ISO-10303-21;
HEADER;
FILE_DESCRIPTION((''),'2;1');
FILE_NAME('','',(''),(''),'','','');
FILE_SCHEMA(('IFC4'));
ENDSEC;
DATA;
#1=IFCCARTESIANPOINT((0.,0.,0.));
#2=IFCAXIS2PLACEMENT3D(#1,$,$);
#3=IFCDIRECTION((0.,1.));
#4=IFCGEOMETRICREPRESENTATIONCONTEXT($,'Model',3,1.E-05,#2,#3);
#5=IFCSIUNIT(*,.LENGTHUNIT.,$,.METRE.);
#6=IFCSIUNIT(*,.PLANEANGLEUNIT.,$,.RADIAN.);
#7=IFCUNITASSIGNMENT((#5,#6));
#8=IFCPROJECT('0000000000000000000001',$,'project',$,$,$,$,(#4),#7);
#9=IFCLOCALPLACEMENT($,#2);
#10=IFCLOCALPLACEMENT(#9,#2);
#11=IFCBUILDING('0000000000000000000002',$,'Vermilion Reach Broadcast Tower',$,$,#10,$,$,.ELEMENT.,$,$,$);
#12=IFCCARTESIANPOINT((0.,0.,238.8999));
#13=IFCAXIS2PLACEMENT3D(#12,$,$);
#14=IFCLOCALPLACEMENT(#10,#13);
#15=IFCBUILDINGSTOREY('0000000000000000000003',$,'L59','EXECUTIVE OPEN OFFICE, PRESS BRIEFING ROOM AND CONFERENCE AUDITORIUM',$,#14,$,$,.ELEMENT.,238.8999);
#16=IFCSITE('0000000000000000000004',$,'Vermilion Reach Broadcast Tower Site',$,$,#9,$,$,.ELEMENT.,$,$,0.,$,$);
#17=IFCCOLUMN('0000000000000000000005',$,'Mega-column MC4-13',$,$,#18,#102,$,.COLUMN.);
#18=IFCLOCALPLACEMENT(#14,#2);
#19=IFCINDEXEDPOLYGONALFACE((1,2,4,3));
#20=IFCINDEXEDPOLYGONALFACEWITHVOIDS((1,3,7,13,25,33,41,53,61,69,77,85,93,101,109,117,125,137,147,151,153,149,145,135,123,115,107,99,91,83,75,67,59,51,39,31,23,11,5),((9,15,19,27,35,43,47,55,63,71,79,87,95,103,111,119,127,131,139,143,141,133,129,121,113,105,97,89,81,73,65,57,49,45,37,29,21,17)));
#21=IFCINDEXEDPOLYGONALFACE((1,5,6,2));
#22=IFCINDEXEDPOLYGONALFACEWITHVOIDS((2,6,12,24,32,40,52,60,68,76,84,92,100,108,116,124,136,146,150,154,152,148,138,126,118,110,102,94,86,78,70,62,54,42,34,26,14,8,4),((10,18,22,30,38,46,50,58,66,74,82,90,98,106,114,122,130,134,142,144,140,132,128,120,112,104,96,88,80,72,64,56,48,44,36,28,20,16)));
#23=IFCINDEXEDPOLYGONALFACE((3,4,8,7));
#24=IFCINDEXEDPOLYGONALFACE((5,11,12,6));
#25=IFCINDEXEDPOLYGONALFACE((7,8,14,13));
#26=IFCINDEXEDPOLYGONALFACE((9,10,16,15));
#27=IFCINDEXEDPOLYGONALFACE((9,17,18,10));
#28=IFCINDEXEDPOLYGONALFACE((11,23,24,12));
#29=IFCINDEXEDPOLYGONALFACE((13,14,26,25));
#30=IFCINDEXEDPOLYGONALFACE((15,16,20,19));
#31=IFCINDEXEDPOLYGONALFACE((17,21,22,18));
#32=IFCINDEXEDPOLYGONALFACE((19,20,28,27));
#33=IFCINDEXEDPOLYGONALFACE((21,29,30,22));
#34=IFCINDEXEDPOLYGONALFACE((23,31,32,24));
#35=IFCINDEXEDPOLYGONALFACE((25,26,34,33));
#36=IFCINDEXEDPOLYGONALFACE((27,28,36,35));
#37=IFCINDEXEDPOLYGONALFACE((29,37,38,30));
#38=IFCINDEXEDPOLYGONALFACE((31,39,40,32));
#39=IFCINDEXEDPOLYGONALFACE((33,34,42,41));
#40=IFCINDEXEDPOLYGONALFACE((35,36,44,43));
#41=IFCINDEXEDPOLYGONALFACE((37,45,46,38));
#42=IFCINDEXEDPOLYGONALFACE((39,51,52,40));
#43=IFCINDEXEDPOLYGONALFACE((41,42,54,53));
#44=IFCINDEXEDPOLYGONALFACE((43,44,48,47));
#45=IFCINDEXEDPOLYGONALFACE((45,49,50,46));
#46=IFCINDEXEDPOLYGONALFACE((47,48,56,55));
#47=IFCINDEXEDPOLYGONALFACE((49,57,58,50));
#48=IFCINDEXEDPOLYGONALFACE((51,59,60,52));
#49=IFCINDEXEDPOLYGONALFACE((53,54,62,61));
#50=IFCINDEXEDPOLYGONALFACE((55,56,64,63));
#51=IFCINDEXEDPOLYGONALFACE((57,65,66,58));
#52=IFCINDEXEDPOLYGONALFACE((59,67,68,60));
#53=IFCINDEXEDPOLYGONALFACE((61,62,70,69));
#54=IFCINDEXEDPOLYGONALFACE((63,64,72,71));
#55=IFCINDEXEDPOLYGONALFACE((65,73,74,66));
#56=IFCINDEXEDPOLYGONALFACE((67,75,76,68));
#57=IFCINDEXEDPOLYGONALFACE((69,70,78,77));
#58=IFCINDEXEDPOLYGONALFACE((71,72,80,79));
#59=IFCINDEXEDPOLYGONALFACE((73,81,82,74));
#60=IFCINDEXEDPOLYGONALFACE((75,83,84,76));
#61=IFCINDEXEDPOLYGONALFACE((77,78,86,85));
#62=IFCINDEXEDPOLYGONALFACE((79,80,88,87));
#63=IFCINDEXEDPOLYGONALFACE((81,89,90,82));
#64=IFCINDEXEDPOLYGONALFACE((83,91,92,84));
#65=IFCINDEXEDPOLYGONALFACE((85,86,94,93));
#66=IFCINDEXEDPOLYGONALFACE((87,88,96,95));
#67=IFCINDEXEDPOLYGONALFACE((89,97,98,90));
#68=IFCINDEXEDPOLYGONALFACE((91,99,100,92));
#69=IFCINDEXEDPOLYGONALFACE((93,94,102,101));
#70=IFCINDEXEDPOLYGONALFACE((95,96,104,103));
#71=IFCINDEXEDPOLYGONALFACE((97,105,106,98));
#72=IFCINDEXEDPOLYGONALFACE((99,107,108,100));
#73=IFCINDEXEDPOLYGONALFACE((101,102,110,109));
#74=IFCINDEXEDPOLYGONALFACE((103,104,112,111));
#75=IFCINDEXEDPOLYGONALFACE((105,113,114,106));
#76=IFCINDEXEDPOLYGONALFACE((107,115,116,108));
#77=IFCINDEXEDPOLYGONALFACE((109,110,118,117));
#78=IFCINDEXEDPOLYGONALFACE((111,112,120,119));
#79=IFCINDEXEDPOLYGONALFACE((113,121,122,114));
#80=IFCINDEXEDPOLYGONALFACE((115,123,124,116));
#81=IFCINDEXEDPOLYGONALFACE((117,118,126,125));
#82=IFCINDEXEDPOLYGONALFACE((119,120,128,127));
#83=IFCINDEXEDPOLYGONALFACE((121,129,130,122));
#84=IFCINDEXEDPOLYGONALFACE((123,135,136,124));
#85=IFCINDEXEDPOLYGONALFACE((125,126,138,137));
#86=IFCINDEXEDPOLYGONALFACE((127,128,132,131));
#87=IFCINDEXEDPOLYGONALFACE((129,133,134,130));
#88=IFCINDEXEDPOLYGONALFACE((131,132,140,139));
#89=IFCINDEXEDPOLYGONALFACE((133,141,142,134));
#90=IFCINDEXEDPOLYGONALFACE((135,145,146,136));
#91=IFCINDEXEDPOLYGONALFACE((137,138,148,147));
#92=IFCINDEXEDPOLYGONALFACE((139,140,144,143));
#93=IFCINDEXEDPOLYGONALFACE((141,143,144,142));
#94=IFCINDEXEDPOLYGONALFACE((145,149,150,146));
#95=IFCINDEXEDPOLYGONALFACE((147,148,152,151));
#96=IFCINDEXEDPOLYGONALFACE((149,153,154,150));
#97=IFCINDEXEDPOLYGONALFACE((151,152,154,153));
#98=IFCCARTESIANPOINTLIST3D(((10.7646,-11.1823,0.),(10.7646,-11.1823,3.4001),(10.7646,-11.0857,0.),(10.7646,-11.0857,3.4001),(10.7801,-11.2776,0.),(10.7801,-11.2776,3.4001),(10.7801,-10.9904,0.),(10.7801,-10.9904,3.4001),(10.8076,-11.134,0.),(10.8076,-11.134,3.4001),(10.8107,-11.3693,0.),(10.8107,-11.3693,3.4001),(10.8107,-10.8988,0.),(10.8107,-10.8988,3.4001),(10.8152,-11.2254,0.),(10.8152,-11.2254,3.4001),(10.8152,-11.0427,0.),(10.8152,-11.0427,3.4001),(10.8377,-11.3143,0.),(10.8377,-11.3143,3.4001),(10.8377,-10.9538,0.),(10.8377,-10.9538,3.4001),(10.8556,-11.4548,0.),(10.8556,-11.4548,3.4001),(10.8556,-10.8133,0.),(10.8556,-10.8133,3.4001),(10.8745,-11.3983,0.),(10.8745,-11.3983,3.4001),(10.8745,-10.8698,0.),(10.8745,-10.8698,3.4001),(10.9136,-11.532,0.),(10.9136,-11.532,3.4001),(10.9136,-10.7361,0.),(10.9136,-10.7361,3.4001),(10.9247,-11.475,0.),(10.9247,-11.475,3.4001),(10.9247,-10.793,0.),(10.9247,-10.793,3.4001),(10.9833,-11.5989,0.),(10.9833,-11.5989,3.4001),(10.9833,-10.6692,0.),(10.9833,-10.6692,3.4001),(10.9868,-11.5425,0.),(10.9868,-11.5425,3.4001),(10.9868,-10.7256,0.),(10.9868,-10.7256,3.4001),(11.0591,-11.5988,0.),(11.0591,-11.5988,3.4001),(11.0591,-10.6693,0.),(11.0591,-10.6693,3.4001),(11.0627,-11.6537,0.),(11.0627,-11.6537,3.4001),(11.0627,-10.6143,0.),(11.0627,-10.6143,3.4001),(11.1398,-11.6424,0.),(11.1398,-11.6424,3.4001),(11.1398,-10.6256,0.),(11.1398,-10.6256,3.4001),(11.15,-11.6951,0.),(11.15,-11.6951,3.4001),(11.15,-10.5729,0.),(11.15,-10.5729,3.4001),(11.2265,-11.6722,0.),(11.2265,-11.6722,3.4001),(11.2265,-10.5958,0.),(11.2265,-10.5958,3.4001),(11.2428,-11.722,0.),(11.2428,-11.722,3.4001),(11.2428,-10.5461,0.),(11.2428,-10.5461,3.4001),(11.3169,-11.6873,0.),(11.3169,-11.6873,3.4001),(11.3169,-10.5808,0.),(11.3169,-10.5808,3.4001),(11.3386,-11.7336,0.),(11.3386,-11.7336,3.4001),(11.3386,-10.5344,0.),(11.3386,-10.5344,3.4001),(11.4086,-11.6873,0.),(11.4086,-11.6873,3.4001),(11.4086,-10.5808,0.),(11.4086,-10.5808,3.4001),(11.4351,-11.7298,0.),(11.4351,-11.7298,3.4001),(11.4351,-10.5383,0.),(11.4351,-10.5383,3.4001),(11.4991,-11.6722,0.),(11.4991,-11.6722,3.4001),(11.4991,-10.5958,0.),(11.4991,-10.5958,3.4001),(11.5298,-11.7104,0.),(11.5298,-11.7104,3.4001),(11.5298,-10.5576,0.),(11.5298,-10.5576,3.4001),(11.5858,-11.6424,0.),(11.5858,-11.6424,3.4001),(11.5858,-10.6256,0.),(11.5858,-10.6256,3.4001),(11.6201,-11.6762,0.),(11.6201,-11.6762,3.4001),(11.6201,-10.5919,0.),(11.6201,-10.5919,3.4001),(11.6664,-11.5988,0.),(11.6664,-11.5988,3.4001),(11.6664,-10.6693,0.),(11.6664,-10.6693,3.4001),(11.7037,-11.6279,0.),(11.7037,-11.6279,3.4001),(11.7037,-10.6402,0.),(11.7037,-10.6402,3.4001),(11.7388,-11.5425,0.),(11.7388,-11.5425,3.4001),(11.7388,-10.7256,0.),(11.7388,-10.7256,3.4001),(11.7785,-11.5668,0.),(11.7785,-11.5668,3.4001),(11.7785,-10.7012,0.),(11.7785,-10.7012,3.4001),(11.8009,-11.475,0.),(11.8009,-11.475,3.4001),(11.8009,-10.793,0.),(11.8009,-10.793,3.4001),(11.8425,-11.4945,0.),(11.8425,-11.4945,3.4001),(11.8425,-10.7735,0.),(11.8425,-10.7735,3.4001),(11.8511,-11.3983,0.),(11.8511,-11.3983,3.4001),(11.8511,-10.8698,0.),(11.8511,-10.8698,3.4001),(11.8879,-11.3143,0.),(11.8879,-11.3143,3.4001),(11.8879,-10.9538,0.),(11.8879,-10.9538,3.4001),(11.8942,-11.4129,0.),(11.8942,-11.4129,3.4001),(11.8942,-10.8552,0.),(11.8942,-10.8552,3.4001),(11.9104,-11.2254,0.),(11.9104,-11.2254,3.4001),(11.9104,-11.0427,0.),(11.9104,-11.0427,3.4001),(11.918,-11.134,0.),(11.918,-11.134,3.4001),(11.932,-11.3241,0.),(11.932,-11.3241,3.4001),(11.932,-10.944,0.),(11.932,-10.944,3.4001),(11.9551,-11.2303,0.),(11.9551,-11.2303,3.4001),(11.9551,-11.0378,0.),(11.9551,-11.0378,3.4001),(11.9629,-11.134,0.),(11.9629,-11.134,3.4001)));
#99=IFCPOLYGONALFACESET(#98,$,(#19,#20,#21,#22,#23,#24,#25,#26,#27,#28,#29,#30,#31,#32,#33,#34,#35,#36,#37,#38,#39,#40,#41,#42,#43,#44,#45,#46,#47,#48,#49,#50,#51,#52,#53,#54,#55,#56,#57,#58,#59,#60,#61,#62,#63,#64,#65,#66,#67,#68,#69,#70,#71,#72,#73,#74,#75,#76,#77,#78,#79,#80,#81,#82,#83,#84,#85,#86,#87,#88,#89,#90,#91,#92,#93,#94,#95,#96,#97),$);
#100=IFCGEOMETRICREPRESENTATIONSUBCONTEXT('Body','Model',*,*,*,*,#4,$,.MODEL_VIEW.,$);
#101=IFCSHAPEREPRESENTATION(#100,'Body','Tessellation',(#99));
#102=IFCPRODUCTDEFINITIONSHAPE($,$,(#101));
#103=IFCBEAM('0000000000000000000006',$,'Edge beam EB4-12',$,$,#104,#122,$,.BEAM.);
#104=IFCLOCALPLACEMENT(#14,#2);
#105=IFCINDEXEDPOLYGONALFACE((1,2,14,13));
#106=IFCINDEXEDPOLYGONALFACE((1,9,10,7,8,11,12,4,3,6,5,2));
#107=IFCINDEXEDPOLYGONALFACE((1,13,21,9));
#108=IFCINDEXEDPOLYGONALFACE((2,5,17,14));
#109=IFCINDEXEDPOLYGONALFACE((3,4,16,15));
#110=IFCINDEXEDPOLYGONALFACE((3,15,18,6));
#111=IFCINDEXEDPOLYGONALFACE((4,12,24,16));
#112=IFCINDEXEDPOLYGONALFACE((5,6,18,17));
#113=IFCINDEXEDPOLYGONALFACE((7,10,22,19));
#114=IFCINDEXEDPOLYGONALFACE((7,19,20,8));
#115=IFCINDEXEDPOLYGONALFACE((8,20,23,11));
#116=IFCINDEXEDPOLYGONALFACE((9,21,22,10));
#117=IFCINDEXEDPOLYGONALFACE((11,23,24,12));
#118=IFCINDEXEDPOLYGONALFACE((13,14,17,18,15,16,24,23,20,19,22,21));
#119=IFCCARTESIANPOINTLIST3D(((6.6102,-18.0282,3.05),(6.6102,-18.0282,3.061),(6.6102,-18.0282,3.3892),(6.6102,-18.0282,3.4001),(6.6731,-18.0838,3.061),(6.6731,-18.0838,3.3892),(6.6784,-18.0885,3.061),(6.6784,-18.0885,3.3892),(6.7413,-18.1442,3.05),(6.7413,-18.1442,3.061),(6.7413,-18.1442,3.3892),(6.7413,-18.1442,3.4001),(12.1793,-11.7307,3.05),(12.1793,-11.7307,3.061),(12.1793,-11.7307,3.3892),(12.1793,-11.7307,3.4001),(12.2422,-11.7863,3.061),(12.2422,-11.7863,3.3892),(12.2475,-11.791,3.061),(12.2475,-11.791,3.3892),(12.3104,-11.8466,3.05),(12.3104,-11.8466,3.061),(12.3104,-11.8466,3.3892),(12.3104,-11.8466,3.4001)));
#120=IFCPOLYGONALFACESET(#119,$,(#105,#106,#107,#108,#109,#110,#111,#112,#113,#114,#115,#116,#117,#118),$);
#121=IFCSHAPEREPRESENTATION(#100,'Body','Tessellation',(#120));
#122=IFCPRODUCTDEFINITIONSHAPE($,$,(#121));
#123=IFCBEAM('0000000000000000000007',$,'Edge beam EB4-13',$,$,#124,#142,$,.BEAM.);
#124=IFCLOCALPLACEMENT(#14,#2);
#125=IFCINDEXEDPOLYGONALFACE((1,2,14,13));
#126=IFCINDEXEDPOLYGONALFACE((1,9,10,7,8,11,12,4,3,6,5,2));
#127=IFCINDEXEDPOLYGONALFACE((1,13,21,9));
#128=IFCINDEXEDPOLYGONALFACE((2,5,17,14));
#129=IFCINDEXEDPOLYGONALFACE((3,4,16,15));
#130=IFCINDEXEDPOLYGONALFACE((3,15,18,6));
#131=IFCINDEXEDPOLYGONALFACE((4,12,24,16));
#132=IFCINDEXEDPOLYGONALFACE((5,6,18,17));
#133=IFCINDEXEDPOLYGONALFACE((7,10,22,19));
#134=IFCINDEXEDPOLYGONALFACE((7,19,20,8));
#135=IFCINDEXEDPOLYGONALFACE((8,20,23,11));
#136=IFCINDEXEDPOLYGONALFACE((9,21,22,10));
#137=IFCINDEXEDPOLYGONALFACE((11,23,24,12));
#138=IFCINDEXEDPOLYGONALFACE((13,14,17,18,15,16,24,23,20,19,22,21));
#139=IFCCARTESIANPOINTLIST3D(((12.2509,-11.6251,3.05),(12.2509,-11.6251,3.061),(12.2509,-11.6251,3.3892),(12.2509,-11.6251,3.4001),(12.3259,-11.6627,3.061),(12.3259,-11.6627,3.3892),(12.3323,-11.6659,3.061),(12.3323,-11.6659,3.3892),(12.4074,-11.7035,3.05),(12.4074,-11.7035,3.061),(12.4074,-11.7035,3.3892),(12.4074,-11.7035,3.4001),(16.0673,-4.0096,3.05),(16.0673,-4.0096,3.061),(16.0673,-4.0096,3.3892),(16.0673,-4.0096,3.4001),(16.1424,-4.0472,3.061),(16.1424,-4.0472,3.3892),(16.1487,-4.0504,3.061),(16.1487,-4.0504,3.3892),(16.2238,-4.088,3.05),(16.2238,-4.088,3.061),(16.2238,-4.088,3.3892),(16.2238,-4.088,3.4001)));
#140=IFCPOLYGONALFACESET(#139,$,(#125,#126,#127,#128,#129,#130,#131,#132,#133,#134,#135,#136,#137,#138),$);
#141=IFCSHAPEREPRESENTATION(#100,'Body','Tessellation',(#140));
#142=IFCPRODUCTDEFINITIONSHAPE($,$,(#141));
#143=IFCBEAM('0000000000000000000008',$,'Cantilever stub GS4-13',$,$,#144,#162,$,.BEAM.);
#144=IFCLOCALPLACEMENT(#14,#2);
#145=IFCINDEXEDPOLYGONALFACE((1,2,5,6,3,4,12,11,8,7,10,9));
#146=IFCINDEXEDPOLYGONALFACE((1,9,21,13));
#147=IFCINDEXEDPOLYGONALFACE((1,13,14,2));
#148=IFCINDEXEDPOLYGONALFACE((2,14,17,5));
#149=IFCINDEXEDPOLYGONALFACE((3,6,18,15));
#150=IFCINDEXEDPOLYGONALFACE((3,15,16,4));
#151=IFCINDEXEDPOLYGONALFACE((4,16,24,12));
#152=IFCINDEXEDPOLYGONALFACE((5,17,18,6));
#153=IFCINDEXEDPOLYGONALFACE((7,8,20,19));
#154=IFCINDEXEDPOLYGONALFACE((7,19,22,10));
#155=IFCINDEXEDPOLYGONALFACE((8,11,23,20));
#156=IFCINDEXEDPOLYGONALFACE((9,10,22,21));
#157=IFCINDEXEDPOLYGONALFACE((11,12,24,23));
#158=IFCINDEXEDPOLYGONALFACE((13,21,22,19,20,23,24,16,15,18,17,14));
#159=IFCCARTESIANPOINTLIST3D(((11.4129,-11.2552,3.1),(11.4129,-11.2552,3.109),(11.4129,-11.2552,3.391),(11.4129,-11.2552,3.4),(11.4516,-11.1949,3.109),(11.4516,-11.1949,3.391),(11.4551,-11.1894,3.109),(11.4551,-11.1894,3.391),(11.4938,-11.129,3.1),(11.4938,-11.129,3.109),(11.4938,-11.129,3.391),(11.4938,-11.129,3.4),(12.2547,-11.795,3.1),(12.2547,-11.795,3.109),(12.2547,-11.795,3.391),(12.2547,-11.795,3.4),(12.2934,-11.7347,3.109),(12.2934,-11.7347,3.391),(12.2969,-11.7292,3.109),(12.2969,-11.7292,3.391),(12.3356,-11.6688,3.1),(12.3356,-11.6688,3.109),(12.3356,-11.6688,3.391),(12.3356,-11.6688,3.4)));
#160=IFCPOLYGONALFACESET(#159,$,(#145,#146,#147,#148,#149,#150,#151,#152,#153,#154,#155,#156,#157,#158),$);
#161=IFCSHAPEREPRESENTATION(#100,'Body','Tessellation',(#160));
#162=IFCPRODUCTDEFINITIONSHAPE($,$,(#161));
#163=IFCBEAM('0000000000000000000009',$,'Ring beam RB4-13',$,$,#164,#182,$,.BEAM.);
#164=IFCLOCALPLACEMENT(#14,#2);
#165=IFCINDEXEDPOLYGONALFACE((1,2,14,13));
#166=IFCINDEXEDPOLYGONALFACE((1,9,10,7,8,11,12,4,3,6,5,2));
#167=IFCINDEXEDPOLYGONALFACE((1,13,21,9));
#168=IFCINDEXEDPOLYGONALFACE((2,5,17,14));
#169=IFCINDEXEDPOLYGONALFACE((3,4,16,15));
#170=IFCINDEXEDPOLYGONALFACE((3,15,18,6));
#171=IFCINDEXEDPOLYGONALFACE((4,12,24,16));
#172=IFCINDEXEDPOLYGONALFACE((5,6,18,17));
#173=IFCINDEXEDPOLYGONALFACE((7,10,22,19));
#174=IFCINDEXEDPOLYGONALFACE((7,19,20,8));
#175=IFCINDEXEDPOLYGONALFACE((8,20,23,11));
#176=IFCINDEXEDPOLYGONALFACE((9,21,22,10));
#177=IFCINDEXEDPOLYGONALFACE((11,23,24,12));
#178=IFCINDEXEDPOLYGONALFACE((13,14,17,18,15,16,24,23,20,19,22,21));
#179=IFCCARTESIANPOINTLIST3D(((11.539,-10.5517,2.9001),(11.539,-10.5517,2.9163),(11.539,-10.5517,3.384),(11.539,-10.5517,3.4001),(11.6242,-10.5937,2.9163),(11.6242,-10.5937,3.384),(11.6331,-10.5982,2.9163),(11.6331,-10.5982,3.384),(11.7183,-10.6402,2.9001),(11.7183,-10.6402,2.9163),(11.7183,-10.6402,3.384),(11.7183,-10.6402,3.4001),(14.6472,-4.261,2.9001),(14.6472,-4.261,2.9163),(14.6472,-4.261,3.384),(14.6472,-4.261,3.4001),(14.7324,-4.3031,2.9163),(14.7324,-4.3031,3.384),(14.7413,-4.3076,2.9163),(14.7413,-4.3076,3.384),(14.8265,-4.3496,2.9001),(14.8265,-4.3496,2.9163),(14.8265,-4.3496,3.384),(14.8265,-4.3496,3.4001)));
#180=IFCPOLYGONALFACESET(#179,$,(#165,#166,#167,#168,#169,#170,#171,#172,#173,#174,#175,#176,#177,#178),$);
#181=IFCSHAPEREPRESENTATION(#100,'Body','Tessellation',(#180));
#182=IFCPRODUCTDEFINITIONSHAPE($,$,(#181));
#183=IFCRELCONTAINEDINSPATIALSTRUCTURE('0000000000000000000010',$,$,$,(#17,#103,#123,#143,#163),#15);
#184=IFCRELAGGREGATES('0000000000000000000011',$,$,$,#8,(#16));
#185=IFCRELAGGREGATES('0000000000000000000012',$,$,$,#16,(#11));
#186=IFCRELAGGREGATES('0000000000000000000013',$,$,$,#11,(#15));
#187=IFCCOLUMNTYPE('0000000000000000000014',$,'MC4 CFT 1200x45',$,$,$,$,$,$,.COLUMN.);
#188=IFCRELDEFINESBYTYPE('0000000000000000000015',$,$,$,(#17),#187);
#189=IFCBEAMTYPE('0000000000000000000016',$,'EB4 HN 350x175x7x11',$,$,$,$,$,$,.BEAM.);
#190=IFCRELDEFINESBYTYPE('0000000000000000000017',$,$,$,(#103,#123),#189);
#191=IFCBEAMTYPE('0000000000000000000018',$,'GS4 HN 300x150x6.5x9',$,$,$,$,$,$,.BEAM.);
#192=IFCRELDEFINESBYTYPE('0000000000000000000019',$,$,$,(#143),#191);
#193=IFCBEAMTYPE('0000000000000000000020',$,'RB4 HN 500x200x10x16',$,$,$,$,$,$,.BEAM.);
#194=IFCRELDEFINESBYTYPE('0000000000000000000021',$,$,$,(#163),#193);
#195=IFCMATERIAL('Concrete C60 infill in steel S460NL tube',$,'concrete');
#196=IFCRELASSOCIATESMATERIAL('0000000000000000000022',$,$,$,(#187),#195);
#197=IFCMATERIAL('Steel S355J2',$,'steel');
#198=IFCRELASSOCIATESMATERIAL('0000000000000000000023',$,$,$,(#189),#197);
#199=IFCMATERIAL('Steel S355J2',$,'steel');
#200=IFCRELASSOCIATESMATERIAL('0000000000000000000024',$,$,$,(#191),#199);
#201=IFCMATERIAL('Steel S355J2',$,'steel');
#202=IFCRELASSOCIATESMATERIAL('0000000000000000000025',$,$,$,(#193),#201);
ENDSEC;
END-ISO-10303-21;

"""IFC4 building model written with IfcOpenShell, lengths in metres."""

from ifc_helpers import new_model, si_unit, direction, frame, origin, origin_2d, place, context, subcontext, project, spatial, hollow_circle, i_section, extrude, material, material_profile, profile_set, type_object, element, save


model = new_model("IFC4")

# Units and contexts
model_context = context("Model", 3, precision=1e-05, world=origin(), true_north=direction((0.0, 1.0)))
body_context = subcontext(model_context, "Body", "Model", "MODEL_VIEW")
ifc_project = project(units=[si_unit("LENGTHUNIT", "METRE"), si_unit("PLANEANGLEUNIT", "RADIAN")], contexts=[model_context])

# Site, building, storey
site_placement = place(None, origin())
site = spatial("IfcSite", under=ifc_project, at=site_placement, Name="Vermilion Reach Broadcast Tower Site", CompositionType="ELEMENT", RefElevation=0.0)
building_placement = place(site_placement, origin())
building = spatial("IfcBuilding", under=site, at=building_placement, Name="Vermilion Reach Broadcast Tower", CompositionType="ELEMENT")
storey_placement = place(building_placement, frame((0.0, 0.0, 238.8999)))
storey = spatial("IfcBuildingStorey", under=building, at=storey_placement, Name="L59", Description="EXECUTIVE OPEN OFFICE, PRESS BRIEFING ROOM AND CONFERENCE AUDITORIUM", CompositionType="ELEMENT", Elevation=238.8999)

# Column
ifc_material_1 = material(Name="Concrete C60 infill in steel S460NL tube", Category="concrete")
ifc_material_profile_1 = material_profile(ifc_material_1, hollow_circle(Radius=0.6001, WallThickness=0.0449, at=origin_2d()), Name="Concrete C60 infill in steel S460NL tube CFT 1200x45")
ifc_profile_set_1 = profile_set([ifc_material_profile_1], Name="Concrete C60 infill in steel S460NL tube")
column_type = type_object("IfcColumnType", Name="MC4 CFT 1200x45", PredefinedType="COLUMN", material=ifc_profile_set_1)
column_placement = place(storey_placement, frame((11.3628, -11.134, 0.0), z_axis=(0.0, 0.0, 1.0), x_axis=(1.0, 0.0, 0.0)))
element("IfcColumn", 1, at=column_placement, inside=storey, type_object=column_type, Name="Mega-column MC4-13", PredefinedType="COLUMN", context=body_context, shape_type="SweptSolid", body=[
    extrude(hollow_circle(Radius=0.6001, WallThickness=0.0449, at=origin_2d()), origin(), (0.0, 0.0, 1.0), 3.4001),
])

# Beams
ifc_material_2 = material(Name="Steel S355J2", Category="steel")
ifc_material_profile_2 = material_profile(ifc_material_2, i_section(OverallWidth=0.175, OverallDepth=0.3501, WebThickness=0.0071, FlangeThickness=0.011, at=origin_2d()), Name="S355J2 HN 350x175x7x11")
ifc_profile_set_2 = profile_set([ifc_material_profile_2], Name="Steel S355J2")
beam_type_1 = type_object("IfcBeamType", Name="EB4 HN 350x175x7x11", PredefinedType="BEAM", material=ifc_profile_set_2)
beam_1_placement = place(storey_placement, frame((6.6758, -18.0862, 3.2251), z_axis=(0.662449, 0.749107, 0.0), x_axis=(-0.749107, 0.662449, 0.0)))
element("IfcBeam", 2, at=beam_1_placement, inside=storey, type_object=beam_type_1, Name="Edge beam EB4-12", PredefinedType="BEAM", context=body_context, shape_type="SweptSolid", body=[
    extrude(i_section(OverallWidth=0.175, OverallDepth=0.3501, WebThickness=0.0071, FlangeThickness=0.011, at=origin_2d()), origin(), (0.0, 0.0, 1.0), 8.4067),
])
beam_2_placement = place(storey_placement, frame((12.3291, -11.6643, 3.2251), z_axis=(0.448027, 0.89402, 0.0), x_axis=(-0.89402, 0.448027, 0.0)))
element("IfcBeam", 3, at=beam_2_placement, inside=storey, type_object=beam_type_1, Name="Edge beam EB4-13", PredefinedType="BEAM", context=body_context, shape_type="SweptSolid", body=[
    extrude(i_section(OverallWidth=0.175, OverallDepth=0.3501, WebThickness=0.0071, FlangeThickness=0.011, at=origin_2d()), origin(), (0.0, 0.0, 1.0), 8.5183),
])
ifc_material_3 = material(Name="Steel S355J2", Category="steel")
ifc_material_profile_3 = material_profile(ifc_material_3, i_section(OverallWidth=0.1499, OverallDepth=0.3, WebThickness=0.0066, FlangeThickness=0.009, at=origin_2d()), Name="S355J2 HN 300x150x6.5x9")
ifc_profile_set_3 = profile_set([ifc_material_profile_3], Name="Steel S355J2")
beam_type_2 = type_object("IfcBeamType", Name="GS4 HN 300x150x6.5x9", PredefinedType="BEAM", material=ifc_profile_set_3)
beam_3_placement = place(storey_placement, frame((11.4534, -11.1921, 3.25), z_axis=(0.841797, -0.539795, 0.0), x_axis=(0.539795, 0.841797, 0.0)))
element("IfcBeam", 4, at=beam_3_placement, inside=storey, type_object=beam_type_2, Name="Cantilever stub GS4-13", PredefinedType="BEAM", context=body_context, shape_type="SweptSolid", body=[
    extrude(i_section(OverallWidth=0.1499, OverallDepth=0.3, WebThickness=0.0066, FlangeThickness=0.009, at=origin_2d()), origin(), (0.0, 0.0, 1.0), 1.0),
])
ifc_material_4 = material(Name="Steel S355J2", Category="steel")
ifc_material_profile_4 = material_profile(ifc_material_4, i_section(OverallWidth=0.2, OverallDepth=0.5, WebThickness=0.01, FlangeThickness=0.0161, at=origin_2d()), Name="S355J2 HN 500x200x10x16")
ifc_profile_set_4 = profile_set([ifc_material_profile_4], Name="Steel S355J2")
beam_type_3 = type_object("IfcBeamType", Name="RB4 HN 500x200x10x16", PredefinedType="BEAM", material=ifc_profile_set_4)
beam_4_placement = place(storey_placement, frame((11.6287, -10.5959, 3.1501), z_axis=(0.442977, 0.896533, 0.0), x_axis=(-0.896533, 0.442977, 0.0)))
element("IfcBeam", 5, at=beam_4_placement, inside=storey, type_object=beam_type_3, Name="Ring beam RB4-13", PredefinedType="BEAM", context=body_context, shape_type="SweptSolid", body=[
    extrude(i_section(OverallWidth=0.2, OverallDepth=0.5, WebThickness=0.01, FlangeThickness=0.0161, at=origin_2d()), origin(), (0.0, 0.0, 1.0), 7.0166),
])

save(model, "model.ifc")
